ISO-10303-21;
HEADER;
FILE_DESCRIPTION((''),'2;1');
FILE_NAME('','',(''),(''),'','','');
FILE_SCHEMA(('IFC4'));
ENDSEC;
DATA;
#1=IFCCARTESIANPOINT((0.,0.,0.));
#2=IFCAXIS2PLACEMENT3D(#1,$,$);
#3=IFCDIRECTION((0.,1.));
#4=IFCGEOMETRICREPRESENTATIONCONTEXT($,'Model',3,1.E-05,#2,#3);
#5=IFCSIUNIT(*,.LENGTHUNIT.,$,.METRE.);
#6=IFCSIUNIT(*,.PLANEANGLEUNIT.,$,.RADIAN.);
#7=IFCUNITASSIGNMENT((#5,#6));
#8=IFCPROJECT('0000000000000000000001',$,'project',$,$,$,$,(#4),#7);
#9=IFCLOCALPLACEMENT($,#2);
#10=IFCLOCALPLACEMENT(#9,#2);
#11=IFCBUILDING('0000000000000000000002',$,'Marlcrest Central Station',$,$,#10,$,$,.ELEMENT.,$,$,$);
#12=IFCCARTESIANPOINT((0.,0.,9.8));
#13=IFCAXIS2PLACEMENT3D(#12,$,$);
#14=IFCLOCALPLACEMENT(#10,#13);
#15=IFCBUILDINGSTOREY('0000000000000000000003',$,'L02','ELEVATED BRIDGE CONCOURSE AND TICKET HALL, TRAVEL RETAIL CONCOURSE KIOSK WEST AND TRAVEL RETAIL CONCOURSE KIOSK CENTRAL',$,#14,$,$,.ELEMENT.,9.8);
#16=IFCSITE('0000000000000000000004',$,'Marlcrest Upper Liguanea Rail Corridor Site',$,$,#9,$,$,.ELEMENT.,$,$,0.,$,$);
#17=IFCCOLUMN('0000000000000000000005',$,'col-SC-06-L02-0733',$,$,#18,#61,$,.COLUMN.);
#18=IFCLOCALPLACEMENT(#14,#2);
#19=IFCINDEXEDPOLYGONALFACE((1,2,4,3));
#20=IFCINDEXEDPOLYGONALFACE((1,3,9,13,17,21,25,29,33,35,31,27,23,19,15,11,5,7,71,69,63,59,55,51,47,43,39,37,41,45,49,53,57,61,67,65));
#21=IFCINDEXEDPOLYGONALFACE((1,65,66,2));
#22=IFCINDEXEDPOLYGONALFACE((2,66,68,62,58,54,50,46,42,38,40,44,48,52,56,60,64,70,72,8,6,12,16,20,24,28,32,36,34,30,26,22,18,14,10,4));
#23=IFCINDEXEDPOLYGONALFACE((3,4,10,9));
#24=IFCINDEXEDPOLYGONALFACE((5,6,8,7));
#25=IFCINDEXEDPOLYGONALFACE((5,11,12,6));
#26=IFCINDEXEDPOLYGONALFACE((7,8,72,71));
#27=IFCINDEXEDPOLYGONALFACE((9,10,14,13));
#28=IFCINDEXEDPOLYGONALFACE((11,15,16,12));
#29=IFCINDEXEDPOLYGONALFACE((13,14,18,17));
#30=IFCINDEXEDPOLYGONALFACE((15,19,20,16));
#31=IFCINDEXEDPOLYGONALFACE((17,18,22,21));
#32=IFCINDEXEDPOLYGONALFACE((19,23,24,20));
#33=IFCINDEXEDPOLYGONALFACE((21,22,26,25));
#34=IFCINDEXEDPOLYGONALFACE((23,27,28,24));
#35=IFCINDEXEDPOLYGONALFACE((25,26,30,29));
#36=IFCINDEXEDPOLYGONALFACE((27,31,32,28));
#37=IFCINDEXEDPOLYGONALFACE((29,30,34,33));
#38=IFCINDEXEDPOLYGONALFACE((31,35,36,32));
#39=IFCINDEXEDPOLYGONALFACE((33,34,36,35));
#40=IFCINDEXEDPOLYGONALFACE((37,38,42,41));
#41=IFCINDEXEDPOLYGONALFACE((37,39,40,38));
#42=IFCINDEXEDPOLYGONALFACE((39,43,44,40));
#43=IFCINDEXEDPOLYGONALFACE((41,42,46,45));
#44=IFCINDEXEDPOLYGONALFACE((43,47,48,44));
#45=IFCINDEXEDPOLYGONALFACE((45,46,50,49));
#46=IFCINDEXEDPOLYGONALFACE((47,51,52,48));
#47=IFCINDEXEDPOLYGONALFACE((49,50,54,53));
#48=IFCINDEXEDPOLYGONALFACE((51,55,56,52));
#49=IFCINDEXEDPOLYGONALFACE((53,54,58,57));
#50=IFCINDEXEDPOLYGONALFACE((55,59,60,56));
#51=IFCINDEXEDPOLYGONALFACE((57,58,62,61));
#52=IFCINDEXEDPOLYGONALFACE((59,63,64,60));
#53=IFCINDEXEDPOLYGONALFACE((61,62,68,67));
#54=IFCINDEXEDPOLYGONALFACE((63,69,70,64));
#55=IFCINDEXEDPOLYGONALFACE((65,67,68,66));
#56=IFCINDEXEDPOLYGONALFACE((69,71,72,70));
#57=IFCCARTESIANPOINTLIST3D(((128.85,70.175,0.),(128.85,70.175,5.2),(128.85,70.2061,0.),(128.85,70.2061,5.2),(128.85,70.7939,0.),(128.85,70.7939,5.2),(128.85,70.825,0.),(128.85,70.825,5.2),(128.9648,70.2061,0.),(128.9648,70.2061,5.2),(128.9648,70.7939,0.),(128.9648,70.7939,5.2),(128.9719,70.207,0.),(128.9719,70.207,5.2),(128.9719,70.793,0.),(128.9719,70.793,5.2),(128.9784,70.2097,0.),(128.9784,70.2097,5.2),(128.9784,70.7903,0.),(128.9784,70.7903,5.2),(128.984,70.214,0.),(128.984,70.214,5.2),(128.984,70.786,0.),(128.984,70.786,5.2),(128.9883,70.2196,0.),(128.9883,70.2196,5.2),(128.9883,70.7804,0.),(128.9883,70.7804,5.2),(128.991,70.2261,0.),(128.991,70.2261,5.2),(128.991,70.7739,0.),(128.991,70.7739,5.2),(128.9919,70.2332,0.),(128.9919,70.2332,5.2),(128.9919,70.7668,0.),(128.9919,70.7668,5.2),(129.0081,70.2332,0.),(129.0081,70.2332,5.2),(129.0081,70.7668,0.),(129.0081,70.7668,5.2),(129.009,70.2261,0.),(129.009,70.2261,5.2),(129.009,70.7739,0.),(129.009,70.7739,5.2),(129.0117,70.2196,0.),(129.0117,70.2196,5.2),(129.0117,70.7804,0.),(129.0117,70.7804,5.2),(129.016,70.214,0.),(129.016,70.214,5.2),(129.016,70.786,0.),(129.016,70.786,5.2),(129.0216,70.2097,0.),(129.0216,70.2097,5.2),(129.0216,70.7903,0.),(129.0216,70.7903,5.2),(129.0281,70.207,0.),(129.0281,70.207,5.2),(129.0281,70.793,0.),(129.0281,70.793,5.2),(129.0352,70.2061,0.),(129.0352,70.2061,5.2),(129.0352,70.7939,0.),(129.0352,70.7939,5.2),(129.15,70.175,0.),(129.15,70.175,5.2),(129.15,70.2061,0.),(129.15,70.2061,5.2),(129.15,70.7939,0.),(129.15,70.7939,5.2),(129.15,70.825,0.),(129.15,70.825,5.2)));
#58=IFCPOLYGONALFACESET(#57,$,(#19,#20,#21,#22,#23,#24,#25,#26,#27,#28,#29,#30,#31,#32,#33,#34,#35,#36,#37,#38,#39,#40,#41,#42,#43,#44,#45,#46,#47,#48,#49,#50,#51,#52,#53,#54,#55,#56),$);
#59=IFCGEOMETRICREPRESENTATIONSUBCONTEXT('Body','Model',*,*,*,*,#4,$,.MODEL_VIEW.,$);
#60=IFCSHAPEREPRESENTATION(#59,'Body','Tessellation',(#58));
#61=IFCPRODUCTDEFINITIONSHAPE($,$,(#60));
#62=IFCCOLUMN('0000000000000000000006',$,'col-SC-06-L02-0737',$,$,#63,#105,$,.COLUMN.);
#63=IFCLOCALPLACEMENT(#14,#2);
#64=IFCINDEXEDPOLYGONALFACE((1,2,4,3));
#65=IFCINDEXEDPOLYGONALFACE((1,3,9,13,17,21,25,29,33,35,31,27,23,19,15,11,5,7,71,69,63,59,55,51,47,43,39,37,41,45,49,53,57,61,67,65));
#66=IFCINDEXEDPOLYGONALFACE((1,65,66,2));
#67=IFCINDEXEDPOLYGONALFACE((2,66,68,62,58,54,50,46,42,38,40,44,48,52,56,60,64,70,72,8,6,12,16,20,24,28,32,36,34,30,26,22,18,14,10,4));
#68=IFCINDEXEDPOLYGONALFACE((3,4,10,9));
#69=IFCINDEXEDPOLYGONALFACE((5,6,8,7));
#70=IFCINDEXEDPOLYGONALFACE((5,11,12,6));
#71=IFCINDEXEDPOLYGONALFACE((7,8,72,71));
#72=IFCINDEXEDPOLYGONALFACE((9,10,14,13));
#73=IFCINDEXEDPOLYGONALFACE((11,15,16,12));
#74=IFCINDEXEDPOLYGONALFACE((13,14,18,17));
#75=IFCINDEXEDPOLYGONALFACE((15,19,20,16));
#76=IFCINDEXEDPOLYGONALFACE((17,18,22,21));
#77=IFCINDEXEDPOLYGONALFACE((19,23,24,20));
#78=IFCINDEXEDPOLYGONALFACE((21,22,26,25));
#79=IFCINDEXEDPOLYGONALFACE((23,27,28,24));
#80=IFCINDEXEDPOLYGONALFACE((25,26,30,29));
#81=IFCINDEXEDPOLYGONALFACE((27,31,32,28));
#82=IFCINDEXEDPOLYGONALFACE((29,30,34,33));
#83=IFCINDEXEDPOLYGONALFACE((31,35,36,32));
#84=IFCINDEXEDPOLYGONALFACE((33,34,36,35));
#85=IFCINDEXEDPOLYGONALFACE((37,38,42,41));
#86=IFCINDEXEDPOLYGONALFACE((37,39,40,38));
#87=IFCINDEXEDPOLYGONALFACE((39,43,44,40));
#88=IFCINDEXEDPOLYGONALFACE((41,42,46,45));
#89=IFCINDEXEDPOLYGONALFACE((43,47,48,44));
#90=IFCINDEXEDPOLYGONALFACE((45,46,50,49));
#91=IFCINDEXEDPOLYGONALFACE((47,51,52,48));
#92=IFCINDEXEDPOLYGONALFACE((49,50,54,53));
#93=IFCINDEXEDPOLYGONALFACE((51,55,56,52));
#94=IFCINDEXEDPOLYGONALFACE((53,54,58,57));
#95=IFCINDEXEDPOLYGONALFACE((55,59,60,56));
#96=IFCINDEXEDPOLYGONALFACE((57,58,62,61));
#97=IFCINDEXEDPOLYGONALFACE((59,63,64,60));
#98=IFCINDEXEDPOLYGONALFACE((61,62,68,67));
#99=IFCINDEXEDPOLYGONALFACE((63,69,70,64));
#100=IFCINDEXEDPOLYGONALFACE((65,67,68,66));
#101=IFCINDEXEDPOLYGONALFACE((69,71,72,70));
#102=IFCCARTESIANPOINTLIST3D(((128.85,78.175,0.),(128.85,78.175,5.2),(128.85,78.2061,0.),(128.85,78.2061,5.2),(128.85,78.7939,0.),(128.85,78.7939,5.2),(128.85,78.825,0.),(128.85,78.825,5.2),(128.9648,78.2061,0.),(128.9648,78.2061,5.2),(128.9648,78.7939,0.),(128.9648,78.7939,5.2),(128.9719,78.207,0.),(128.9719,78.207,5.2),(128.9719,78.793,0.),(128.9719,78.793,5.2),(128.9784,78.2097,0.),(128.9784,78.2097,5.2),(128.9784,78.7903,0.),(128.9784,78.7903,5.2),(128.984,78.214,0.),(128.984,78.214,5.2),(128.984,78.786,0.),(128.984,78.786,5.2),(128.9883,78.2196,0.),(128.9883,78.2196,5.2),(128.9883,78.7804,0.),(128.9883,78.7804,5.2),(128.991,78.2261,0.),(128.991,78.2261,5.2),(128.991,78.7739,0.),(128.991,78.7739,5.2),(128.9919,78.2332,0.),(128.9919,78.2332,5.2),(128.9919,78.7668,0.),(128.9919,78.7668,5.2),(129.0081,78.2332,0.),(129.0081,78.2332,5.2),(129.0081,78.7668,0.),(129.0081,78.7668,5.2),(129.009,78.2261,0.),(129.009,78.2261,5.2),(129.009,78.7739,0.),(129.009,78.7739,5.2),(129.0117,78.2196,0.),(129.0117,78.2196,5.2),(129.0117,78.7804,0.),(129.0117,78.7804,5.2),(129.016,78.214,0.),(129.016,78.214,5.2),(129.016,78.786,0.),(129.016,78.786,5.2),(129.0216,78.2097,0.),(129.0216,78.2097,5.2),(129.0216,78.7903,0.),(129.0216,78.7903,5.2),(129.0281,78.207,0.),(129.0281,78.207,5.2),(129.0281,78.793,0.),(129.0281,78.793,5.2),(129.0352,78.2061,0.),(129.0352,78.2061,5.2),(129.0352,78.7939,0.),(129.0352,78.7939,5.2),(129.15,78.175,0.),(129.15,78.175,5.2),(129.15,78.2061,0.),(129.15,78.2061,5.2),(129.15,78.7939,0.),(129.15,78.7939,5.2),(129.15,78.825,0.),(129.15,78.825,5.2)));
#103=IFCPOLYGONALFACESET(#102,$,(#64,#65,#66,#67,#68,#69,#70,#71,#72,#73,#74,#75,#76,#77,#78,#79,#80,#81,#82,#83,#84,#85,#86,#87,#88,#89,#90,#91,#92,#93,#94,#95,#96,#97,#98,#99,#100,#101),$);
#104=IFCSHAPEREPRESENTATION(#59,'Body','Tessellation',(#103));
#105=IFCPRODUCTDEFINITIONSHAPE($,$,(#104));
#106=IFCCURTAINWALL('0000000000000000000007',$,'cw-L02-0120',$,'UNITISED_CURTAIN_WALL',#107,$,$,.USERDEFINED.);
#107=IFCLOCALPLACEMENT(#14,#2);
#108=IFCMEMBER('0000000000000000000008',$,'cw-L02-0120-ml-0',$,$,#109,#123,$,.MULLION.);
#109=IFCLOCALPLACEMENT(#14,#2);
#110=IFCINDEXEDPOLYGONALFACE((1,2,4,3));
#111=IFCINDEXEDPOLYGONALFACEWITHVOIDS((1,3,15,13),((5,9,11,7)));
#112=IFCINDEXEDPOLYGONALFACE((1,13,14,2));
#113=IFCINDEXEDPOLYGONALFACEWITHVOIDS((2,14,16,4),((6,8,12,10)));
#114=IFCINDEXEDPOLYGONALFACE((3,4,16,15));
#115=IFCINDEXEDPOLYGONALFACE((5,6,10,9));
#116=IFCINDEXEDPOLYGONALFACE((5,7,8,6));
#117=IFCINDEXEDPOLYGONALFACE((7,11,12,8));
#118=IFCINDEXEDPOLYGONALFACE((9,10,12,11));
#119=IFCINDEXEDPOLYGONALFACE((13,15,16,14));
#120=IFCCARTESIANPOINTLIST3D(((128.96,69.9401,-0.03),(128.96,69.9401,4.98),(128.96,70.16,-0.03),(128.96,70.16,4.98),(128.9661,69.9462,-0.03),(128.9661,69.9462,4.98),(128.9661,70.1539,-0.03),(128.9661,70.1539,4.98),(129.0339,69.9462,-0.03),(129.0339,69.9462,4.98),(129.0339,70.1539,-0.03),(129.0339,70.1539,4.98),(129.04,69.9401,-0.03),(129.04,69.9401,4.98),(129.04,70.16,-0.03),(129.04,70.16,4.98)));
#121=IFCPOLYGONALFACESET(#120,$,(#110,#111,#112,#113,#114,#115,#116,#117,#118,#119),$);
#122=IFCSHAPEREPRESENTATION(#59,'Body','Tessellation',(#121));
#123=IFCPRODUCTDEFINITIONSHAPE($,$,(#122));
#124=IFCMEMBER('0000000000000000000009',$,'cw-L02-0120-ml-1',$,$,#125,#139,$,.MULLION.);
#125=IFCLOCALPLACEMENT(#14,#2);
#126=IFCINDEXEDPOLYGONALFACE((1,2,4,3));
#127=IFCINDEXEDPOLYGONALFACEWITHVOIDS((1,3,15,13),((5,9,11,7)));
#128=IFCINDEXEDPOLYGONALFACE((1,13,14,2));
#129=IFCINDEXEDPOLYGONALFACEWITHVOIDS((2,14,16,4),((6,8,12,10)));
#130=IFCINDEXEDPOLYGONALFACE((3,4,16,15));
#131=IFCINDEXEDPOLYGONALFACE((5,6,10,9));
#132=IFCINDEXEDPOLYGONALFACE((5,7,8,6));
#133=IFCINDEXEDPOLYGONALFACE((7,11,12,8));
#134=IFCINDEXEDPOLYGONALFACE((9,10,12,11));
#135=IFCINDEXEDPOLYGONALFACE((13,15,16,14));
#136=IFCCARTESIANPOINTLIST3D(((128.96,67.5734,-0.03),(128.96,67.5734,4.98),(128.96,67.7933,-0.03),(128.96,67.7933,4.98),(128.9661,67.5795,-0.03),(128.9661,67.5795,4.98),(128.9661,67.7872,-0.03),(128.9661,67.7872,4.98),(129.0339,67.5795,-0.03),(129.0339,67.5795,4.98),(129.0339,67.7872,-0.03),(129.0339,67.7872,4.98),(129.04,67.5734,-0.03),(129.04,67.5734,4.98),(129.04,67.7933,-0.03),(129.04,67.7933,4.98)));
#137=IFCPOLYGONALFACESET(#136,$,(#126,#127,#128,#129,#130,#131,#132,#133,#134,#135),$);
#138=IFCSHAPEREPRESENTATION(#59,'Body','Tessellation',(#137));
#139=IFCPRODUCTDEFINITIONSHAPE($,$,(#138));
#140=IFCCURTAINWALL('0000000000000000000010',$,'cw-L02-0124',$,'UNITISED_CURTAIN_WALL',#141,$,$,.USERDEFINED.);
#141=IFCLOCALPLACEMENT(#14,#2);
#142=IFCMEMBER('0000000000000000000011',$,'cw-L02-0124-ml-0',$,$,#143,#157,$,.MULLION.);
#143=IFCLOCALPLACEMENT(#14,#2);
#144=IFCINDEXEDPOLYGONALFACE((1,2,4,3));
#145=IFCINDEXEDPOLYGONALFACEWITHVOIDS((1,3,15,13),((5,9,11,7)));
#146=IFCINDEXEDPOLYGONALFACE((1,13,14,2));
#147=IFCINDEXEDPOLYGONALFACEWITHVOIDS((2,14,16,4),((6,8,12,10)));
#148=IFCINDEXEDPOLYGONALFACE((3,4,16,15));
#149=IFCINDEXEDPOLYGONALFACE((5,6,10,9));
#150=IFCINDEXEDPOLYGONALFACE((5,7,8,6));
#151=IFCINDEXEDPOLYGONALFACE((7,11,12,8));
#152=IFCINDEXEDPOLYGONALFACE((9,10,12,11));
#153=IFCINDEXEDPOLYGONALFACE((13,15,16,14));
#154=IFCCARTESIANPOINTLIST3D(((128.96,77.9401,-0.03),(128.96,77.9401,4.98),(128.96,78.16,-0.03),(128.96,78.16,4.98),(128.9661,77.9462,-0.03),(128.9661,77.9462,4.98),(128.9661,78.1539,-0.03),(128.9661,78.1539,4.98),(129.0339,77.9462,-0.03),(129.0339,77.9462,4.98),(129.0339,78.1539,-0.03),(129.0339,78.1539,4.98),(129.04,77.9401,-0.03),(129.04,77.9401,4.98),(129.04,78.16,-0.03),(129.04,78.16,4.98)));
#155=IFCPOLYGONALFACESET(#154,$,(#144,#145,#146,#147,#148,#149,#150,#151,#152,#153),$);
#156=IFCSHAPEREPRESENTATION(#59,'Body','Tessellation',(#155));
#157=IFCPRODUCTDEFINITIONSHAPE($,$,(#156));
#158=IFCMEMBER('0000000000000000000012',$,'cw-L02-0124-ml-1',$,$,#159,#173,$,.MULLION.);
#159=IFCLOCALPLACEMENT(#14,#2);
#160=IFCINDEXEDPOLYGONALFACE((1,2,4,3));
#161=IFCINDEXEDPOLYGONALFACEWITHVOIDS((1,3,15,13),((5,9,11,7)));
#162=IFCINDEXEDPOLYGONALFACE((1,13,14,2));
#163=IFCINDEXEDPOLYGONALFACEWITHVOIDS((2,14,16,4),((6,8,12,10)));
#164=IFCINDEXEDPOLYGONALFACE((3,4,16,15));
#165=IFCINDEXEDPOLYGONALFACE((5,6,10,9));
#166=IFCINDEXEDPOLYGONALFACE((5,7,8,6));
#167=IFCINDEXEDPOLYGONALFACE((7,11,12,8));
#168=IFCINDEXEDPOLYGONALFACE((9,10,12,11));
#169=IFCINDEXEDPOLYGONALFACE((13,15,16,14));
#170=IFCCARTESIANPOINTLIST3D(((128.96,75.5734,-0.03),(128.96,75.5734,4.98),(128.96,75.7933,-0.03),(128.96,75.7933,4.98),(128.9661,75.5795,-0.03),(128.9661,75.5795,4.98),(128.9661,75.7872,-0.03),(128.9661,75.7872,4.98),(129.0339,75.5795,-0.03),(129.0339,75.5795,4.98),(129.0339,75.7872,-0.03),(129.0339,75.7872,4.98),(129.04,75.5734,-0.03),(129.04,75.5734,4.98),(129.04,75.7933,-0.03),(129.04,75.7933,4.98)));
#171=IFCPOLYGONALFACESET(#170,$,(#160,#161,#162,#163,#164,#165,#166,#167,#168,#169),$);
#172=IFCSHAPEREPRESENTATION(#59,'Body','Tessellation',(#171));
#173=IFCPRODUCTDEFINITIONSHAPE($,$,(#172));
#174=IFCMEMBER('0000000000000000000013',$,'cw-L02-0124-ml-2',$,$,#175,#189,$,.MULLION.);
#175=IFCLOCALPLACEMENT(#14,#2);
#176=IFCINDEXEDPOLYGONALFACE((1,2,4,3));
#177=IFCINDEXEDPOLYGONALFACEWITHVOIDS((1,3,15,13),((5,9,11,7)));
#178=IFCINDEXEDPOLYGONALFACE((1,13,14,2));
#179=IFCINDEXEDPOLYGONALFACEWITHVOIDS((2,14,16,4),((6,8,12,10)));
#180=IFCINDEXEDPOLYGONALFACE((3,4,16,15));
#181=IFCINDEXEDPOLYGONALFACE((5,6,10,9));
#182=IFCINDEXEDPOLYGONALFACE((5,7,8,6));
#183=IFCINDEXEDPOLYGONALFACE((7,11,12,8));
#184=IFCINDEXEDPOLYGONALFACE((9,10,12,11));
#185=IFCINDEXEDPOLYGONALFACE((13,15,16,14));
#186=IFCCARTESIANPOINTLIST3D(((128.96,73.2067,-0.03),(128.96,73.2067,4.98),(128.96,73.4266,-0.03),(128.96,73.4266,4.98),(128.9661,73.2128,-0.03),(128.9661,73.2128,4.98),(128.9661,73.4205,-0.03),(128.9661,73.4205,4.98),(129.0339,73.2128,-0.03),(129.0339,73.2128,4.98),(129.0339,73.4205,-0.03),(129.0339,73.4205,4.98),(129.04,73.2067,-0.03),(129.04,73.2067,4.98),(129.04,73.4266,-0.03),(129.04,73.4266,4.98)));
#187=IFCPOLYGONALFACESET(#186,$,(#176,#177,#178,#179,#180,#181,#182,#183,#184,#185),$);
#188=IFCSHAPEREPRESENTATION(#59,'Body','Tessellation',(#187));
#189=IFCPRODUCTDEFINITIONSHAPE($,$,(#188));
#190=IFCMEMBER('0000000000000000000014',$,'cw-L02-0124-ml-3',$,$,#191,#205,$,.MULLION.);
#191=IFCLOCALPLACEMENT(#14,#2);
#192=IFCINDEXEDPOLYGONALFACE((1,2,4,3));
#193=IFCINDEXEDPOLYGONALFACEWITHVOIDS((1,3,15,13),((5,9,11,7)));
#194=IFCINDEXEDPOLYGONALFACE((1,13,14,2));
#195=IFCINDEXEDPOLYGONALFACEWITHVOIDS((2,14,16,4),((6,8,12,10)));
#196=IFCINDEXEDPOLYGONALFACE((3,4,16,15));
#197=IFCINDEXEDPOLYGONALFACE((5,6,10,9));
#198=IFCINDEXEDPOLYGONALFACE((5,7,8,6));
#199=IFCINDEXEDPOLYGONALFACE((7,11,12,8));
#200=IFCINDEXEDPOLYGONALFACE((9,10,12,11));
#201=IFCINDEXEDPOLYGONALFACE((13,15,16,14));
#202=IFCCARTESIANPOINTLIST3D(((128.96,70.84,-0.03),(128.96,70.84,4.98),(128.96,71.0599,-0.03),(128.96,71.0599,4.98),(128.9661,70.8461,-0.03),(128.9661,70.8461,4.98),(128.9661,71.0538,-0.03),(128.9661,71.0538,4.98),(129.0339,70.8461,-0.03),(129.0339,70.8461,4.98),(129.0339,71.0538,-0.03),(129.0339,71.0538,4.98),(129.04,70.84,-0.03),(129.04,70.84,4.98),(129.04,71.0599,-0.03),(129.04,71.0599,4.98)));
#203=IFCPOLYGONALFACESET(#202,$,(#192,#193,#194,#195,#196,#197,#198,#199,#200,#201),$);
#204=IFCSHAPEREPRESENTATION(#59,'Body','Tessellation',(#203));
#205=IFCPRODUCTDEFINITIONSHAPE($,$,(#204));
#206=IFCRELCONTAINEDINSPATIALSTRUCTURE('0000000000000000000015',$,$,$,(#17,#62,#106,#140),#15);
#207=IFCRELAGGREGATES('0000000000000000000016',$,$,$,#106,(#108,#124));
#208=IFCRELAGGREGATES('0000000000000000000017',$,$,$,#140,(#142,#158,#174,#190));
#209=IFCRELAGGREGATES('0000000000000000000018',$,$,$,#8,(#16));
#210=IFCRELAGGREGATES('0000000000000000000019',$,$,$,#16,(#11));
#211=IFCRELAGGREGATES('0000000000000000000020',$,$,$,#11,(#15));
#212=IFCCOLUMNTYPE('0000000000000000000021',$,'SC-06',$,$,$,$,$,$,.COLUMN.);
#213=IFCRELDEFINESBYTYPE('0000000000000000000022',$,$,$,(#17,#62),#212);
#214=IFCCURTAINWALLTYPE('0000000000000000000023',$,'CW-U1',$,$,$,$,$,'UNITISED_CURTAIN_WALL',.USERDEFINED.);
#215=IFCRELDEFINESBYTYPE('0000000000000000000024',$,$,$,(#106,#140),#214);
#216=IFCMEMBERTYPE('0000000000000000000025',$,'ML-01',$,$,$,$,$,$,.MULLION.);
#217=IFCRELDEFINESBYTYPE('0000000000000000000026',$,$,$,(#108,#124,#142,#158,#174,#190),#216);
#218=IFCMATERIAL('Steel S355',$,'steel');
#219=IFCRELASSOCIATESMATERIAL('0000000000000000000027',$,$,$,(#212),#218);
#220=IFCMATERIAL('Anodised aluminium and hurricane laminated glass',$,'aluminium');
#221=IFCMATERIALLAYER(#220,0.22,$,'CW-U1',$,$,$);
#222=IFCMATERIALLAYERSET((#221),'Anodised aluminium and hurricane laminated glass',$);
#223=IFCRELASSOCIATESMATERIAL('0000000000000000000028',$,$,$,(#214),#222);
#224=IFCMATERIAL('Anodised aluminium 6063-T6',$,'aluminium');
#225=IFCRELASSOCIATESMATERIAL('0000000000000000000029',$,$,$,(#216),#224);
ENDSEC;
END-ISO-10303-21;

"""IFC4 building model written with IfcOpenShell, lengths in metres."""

from ifc_helpers import new_model, si_unit, direction, frame, origin, origin_2d, place, context, subcontext, project, spatial, hollow_rectangle, i_section, extrude, material, layer, layer_set, material_profile, profile_set, type_object, element, aggregate, save


model = new_model("IFC4")

# Units and contexts
model_context = context("Model", 3, precision=1e-05, world=origin(), true_north=direction((0.0, 1.0)))
body_context = subcontext(model_context, "Body", "Model", "MODEL_VIEW")
ifc_project = project(units=[si_unit("LENGTHUNIT", "METRE"), si_unit("PLANEANGLEUNIT", "RADIAN")], contexts=[model_context])

# Site, building, storey
site_placement = place(None, origin())
site = spatial("IfcSite", under=ifc_project, at=site_placement, Name="Marlcrest Upper Liguanea Rail Corridor Site", CompositionType="ELEMENT", RefElevation=0.0)
building_placement = place(site_placement, origin())
building = spatial("IfcBuilding", under=site, at=building_placement, Name="Marlcrest Central Station", CompositionType="ELEMENT")
storey_placement = place(building_placement, frame((0.0, 0.0, 9.8)))
storey = spatial("IfcBuildingStorey", under=building, at=storey_placement, Name="L02", Description="ELEVATED BRIDGE CONCOURSE AND TICKET HALL, TRAVEL RETAIL CONCOURSE KIOSK WEST AND TRAVEL RETAIL CONCOURSE KIOSK CENTRAL", CompositionType="ELEMENT", Elevation=9.8)

# Columns
ifc_material_1 = material(Name="Steel S355", Category="steel")
ifc_material_profile_1 = material_profile(ifc_material_1, i_section(OverallWidth=0.3, OverallDepth=0.6499, WebThickness=0.0161, FlangeThickness=0.031, FilletRadius=0.0271, at=origin_2d()), Name="HEB 650")
ifc_profile_set_1 = profile_set([ifc_material_profile_1], Name="Steel S355")
column_type = type_object("IfcColumnType", Name="SC-06", PredefinedType="COLUMN", material=ifc_profile_set_1)
for number, where, z_axis, x_axis, name in (
    (1, (129.0, 70.5, 0.0), (0.0, 0.0, 1.0), (1.0, 0.0, 0.0), "col-SC-06-L02-0733"),
    (2, (129.0, 78.5, 0.0), (0.0, 0.0, 1.0), (1.0, 0.0, 0.0), "col-SC-06-L02-0737"),
):
    element("IfcColumn", number, at=place(storey_placement, frame(where, z_axis=z_axis, x_axis=x_axis)), inside=storey, type_object=column_type, Name=name, PredefinedType="COLUMN", context=body_context, shape_type="SweptSolid", body=[
        extrude(i_section(OverallWidth=0.3, OverallDepth=0.6499, WebThickness=0.0161, FlangeThickness=0.031, FilletRadius=0.0271, at=origin_2d()), origin(), (0.0, 0.0, 1.0), 5.2),
    ])

# Curtain walls, members
ifc_material_2 = material(Name="Anodised aluminium and hurricane laminated glass", Category="aluminium")
ifc_layer_1 = layer(ifc_material_2, 0.22, Name="CW-U1")
ifc_layer_set_1 = layer_set([ifc_layer_1], Name="Anodised aluminium and hurricane laminated glass")
curtain_wall_type = type_object("IfcCurtainWallType", Name="CW-U1", ElementType="UNITISED_CURTAIN_WALL", PredefinedType="USERDEFINED", material=ifc_layer_set_1)
curtain_wall_1_placement = place(storey_placement, origin())
curtain_wall_1 = element("IfcCurtainWall", 3, at=curtain_wall_1_placement, inside=storey, type_object=curtain_wall_type, Name="cw-L02-0120", ObjectType="UNITISED_CURTAIN_WALL", PredefinedType="USERDEFINED")
ifc_material_3 = material(Name="Anodised aluminium 6063-T6", Category="aluminium")
ifc_material_profile_2 = material_profile(ifc_material_3, hollow_rectangle(XDim=0.0801, YDim=0.22, WallThickness=0.0061, at=origin_2d()), Name="AA-RHS 220x80x6")
ifc_profile_set_2 = profile_set([ifc_material_profile_2], Name="Anodised aluminium 6063-T6")
member_type_1 = type_object("IfcMemberType", Name="ML-01", PredefinedType="MULLION", material=ifc_profile_set_2)
member_1_placement = place(storey_placement, frame((129.0, 70.05, -0.03), z_axis=(0.0, 0.0, 1.0), x_axis=(1.0, 0.0, 0.0)))
member_1 = element("IfcMember", 4, at=member_1_placement, type_object=member_type_1, Name="cw-L02-0120-ml-0", PredefinedType="MULLION", context=body_context, shape_type="SweptSolid", body=[
    extrude(hollow_rectangle(XDim=0.0801, YDim=0.22, WallThickness=0.0061, at=origin_2d()), origin(), (0.0, 0.0, 1.0), 5.01),
])
member_2_placement = place(storey_placement, frame((129.0, 67.6833, -0.03), z_axis=(0.0, 0.0, 1.0), x_axis=(1.0, 0.0, 0.0)))
member_2 = element("IfcMember", 5, at=member_2_placement, type_object=member_type_1, Name="cw-L02-0120-ml-1", PredefinedType="MULLION", context=body_context, shape_type="SweptSolid", body=[
    extrude(hollow_rectangle(XDim=0.0801, YDim=0.22, WallThickness=0.0061, at=origin_2d()), origin(), (0.0, 0.0, 1.0), 5.01),
])
curtain_wall_2_placement = place(storey_placement, origin())
curtain_wall_2 = element("IfcCurtainWall", 6, at=curtain_wall_2_placement, inside=storey, type_object=curtain_wall_type, Name="cw-L02-0124", ObjectType="UNITISED_CURTAIN_WALL", PredefinedType="USERDEFINED")
member_3_placement = place(storey_placement, frame((129.0, 78.05, -0.03), z_axis=(0.0, 0.0, 1.0), x_axis=(1.0, 0.0, 0.0)))
member_3 = element("IfcMember", 7, at=member_3_placement, type_object=member_type_1, Name="cw-L02-0124-ml-0", PredefinedType="MULLION", context=body_context, shape_type="SweptSolid", body=[
    extrude(hollow_rectangle(XDim=0.0801, YDim=0.22, WallThickness=0.0061, at=origin_2d()), origin(), (0.0, 0.0, 1.0), 5.01),
])
member_4_placement = place(storey_placement, frame((129.0, 75.6833, -0.03), z_axis=(0.0, 0.0, 1.0), x_axis=(1.0, 0.0, 0.0)))
member_4 = element("IfcMember", 8, at=member_4_placement, type_object=member_type_1, Name="cw-L02-0124-ml-1", PredefinedType="MULLION", context=body_context, shape_type="SweptSolid", body=[
    extrude(hollow_rectangle(XDim=0.0801, YDim=0.22, WallThickness=0.0061, at=origin_2d()), origin(), (0.0, 0.0, 1.0), 5.01),
])
member_5_placement = place(storey_placement, frame((129.0, 73.3167, -0.03), z_axis=(0.0, 0.0, 1.0), x_axis=(1.0, 0.0, 0.0)))
member_5 = element("IfcMember", 9, at=member_5_placement, type_object=member_type_1, Name="cw-L02-0124-ml-2", PredefinedType="MULLION", context=body_context, shape_type="SweptSolid", body=[
    extrude(hollow_rectangle(XDim=0.0801, YDim=0.22, WallThickness=0.0061, at=origin_2d()), origin(), (0.0, 0.0, 1.0), 5.01),
])
member_6_placement = place(storey_placement, frame((129.0, 70.95, -0.03), z_axis=(0.0, 0.0, 1.0), x_axis=(1.0, 0.0, 0.0)))
member_6 = element("IfcMember", 10, at=member_6_placement, type_object=member_type_1, Name="cw-L02-0124-ml-3", PredefinedType="MULLION", context=body_context, shape_type="SweptSolid", body=[
    extrude(hollow_rectangle(XDim=0.0801, YDim=0.22, WallThickness=0.0061, at=origin_2d()), origin(), (0.0, 0.0, 1.0), 5.01),
])

aggregate(curtain_wall_1, [member_1, member_2])
aggregate(curtain_wall_2, [member_3, member_4, member_5, member_6])

save(model, "model.ifc")
